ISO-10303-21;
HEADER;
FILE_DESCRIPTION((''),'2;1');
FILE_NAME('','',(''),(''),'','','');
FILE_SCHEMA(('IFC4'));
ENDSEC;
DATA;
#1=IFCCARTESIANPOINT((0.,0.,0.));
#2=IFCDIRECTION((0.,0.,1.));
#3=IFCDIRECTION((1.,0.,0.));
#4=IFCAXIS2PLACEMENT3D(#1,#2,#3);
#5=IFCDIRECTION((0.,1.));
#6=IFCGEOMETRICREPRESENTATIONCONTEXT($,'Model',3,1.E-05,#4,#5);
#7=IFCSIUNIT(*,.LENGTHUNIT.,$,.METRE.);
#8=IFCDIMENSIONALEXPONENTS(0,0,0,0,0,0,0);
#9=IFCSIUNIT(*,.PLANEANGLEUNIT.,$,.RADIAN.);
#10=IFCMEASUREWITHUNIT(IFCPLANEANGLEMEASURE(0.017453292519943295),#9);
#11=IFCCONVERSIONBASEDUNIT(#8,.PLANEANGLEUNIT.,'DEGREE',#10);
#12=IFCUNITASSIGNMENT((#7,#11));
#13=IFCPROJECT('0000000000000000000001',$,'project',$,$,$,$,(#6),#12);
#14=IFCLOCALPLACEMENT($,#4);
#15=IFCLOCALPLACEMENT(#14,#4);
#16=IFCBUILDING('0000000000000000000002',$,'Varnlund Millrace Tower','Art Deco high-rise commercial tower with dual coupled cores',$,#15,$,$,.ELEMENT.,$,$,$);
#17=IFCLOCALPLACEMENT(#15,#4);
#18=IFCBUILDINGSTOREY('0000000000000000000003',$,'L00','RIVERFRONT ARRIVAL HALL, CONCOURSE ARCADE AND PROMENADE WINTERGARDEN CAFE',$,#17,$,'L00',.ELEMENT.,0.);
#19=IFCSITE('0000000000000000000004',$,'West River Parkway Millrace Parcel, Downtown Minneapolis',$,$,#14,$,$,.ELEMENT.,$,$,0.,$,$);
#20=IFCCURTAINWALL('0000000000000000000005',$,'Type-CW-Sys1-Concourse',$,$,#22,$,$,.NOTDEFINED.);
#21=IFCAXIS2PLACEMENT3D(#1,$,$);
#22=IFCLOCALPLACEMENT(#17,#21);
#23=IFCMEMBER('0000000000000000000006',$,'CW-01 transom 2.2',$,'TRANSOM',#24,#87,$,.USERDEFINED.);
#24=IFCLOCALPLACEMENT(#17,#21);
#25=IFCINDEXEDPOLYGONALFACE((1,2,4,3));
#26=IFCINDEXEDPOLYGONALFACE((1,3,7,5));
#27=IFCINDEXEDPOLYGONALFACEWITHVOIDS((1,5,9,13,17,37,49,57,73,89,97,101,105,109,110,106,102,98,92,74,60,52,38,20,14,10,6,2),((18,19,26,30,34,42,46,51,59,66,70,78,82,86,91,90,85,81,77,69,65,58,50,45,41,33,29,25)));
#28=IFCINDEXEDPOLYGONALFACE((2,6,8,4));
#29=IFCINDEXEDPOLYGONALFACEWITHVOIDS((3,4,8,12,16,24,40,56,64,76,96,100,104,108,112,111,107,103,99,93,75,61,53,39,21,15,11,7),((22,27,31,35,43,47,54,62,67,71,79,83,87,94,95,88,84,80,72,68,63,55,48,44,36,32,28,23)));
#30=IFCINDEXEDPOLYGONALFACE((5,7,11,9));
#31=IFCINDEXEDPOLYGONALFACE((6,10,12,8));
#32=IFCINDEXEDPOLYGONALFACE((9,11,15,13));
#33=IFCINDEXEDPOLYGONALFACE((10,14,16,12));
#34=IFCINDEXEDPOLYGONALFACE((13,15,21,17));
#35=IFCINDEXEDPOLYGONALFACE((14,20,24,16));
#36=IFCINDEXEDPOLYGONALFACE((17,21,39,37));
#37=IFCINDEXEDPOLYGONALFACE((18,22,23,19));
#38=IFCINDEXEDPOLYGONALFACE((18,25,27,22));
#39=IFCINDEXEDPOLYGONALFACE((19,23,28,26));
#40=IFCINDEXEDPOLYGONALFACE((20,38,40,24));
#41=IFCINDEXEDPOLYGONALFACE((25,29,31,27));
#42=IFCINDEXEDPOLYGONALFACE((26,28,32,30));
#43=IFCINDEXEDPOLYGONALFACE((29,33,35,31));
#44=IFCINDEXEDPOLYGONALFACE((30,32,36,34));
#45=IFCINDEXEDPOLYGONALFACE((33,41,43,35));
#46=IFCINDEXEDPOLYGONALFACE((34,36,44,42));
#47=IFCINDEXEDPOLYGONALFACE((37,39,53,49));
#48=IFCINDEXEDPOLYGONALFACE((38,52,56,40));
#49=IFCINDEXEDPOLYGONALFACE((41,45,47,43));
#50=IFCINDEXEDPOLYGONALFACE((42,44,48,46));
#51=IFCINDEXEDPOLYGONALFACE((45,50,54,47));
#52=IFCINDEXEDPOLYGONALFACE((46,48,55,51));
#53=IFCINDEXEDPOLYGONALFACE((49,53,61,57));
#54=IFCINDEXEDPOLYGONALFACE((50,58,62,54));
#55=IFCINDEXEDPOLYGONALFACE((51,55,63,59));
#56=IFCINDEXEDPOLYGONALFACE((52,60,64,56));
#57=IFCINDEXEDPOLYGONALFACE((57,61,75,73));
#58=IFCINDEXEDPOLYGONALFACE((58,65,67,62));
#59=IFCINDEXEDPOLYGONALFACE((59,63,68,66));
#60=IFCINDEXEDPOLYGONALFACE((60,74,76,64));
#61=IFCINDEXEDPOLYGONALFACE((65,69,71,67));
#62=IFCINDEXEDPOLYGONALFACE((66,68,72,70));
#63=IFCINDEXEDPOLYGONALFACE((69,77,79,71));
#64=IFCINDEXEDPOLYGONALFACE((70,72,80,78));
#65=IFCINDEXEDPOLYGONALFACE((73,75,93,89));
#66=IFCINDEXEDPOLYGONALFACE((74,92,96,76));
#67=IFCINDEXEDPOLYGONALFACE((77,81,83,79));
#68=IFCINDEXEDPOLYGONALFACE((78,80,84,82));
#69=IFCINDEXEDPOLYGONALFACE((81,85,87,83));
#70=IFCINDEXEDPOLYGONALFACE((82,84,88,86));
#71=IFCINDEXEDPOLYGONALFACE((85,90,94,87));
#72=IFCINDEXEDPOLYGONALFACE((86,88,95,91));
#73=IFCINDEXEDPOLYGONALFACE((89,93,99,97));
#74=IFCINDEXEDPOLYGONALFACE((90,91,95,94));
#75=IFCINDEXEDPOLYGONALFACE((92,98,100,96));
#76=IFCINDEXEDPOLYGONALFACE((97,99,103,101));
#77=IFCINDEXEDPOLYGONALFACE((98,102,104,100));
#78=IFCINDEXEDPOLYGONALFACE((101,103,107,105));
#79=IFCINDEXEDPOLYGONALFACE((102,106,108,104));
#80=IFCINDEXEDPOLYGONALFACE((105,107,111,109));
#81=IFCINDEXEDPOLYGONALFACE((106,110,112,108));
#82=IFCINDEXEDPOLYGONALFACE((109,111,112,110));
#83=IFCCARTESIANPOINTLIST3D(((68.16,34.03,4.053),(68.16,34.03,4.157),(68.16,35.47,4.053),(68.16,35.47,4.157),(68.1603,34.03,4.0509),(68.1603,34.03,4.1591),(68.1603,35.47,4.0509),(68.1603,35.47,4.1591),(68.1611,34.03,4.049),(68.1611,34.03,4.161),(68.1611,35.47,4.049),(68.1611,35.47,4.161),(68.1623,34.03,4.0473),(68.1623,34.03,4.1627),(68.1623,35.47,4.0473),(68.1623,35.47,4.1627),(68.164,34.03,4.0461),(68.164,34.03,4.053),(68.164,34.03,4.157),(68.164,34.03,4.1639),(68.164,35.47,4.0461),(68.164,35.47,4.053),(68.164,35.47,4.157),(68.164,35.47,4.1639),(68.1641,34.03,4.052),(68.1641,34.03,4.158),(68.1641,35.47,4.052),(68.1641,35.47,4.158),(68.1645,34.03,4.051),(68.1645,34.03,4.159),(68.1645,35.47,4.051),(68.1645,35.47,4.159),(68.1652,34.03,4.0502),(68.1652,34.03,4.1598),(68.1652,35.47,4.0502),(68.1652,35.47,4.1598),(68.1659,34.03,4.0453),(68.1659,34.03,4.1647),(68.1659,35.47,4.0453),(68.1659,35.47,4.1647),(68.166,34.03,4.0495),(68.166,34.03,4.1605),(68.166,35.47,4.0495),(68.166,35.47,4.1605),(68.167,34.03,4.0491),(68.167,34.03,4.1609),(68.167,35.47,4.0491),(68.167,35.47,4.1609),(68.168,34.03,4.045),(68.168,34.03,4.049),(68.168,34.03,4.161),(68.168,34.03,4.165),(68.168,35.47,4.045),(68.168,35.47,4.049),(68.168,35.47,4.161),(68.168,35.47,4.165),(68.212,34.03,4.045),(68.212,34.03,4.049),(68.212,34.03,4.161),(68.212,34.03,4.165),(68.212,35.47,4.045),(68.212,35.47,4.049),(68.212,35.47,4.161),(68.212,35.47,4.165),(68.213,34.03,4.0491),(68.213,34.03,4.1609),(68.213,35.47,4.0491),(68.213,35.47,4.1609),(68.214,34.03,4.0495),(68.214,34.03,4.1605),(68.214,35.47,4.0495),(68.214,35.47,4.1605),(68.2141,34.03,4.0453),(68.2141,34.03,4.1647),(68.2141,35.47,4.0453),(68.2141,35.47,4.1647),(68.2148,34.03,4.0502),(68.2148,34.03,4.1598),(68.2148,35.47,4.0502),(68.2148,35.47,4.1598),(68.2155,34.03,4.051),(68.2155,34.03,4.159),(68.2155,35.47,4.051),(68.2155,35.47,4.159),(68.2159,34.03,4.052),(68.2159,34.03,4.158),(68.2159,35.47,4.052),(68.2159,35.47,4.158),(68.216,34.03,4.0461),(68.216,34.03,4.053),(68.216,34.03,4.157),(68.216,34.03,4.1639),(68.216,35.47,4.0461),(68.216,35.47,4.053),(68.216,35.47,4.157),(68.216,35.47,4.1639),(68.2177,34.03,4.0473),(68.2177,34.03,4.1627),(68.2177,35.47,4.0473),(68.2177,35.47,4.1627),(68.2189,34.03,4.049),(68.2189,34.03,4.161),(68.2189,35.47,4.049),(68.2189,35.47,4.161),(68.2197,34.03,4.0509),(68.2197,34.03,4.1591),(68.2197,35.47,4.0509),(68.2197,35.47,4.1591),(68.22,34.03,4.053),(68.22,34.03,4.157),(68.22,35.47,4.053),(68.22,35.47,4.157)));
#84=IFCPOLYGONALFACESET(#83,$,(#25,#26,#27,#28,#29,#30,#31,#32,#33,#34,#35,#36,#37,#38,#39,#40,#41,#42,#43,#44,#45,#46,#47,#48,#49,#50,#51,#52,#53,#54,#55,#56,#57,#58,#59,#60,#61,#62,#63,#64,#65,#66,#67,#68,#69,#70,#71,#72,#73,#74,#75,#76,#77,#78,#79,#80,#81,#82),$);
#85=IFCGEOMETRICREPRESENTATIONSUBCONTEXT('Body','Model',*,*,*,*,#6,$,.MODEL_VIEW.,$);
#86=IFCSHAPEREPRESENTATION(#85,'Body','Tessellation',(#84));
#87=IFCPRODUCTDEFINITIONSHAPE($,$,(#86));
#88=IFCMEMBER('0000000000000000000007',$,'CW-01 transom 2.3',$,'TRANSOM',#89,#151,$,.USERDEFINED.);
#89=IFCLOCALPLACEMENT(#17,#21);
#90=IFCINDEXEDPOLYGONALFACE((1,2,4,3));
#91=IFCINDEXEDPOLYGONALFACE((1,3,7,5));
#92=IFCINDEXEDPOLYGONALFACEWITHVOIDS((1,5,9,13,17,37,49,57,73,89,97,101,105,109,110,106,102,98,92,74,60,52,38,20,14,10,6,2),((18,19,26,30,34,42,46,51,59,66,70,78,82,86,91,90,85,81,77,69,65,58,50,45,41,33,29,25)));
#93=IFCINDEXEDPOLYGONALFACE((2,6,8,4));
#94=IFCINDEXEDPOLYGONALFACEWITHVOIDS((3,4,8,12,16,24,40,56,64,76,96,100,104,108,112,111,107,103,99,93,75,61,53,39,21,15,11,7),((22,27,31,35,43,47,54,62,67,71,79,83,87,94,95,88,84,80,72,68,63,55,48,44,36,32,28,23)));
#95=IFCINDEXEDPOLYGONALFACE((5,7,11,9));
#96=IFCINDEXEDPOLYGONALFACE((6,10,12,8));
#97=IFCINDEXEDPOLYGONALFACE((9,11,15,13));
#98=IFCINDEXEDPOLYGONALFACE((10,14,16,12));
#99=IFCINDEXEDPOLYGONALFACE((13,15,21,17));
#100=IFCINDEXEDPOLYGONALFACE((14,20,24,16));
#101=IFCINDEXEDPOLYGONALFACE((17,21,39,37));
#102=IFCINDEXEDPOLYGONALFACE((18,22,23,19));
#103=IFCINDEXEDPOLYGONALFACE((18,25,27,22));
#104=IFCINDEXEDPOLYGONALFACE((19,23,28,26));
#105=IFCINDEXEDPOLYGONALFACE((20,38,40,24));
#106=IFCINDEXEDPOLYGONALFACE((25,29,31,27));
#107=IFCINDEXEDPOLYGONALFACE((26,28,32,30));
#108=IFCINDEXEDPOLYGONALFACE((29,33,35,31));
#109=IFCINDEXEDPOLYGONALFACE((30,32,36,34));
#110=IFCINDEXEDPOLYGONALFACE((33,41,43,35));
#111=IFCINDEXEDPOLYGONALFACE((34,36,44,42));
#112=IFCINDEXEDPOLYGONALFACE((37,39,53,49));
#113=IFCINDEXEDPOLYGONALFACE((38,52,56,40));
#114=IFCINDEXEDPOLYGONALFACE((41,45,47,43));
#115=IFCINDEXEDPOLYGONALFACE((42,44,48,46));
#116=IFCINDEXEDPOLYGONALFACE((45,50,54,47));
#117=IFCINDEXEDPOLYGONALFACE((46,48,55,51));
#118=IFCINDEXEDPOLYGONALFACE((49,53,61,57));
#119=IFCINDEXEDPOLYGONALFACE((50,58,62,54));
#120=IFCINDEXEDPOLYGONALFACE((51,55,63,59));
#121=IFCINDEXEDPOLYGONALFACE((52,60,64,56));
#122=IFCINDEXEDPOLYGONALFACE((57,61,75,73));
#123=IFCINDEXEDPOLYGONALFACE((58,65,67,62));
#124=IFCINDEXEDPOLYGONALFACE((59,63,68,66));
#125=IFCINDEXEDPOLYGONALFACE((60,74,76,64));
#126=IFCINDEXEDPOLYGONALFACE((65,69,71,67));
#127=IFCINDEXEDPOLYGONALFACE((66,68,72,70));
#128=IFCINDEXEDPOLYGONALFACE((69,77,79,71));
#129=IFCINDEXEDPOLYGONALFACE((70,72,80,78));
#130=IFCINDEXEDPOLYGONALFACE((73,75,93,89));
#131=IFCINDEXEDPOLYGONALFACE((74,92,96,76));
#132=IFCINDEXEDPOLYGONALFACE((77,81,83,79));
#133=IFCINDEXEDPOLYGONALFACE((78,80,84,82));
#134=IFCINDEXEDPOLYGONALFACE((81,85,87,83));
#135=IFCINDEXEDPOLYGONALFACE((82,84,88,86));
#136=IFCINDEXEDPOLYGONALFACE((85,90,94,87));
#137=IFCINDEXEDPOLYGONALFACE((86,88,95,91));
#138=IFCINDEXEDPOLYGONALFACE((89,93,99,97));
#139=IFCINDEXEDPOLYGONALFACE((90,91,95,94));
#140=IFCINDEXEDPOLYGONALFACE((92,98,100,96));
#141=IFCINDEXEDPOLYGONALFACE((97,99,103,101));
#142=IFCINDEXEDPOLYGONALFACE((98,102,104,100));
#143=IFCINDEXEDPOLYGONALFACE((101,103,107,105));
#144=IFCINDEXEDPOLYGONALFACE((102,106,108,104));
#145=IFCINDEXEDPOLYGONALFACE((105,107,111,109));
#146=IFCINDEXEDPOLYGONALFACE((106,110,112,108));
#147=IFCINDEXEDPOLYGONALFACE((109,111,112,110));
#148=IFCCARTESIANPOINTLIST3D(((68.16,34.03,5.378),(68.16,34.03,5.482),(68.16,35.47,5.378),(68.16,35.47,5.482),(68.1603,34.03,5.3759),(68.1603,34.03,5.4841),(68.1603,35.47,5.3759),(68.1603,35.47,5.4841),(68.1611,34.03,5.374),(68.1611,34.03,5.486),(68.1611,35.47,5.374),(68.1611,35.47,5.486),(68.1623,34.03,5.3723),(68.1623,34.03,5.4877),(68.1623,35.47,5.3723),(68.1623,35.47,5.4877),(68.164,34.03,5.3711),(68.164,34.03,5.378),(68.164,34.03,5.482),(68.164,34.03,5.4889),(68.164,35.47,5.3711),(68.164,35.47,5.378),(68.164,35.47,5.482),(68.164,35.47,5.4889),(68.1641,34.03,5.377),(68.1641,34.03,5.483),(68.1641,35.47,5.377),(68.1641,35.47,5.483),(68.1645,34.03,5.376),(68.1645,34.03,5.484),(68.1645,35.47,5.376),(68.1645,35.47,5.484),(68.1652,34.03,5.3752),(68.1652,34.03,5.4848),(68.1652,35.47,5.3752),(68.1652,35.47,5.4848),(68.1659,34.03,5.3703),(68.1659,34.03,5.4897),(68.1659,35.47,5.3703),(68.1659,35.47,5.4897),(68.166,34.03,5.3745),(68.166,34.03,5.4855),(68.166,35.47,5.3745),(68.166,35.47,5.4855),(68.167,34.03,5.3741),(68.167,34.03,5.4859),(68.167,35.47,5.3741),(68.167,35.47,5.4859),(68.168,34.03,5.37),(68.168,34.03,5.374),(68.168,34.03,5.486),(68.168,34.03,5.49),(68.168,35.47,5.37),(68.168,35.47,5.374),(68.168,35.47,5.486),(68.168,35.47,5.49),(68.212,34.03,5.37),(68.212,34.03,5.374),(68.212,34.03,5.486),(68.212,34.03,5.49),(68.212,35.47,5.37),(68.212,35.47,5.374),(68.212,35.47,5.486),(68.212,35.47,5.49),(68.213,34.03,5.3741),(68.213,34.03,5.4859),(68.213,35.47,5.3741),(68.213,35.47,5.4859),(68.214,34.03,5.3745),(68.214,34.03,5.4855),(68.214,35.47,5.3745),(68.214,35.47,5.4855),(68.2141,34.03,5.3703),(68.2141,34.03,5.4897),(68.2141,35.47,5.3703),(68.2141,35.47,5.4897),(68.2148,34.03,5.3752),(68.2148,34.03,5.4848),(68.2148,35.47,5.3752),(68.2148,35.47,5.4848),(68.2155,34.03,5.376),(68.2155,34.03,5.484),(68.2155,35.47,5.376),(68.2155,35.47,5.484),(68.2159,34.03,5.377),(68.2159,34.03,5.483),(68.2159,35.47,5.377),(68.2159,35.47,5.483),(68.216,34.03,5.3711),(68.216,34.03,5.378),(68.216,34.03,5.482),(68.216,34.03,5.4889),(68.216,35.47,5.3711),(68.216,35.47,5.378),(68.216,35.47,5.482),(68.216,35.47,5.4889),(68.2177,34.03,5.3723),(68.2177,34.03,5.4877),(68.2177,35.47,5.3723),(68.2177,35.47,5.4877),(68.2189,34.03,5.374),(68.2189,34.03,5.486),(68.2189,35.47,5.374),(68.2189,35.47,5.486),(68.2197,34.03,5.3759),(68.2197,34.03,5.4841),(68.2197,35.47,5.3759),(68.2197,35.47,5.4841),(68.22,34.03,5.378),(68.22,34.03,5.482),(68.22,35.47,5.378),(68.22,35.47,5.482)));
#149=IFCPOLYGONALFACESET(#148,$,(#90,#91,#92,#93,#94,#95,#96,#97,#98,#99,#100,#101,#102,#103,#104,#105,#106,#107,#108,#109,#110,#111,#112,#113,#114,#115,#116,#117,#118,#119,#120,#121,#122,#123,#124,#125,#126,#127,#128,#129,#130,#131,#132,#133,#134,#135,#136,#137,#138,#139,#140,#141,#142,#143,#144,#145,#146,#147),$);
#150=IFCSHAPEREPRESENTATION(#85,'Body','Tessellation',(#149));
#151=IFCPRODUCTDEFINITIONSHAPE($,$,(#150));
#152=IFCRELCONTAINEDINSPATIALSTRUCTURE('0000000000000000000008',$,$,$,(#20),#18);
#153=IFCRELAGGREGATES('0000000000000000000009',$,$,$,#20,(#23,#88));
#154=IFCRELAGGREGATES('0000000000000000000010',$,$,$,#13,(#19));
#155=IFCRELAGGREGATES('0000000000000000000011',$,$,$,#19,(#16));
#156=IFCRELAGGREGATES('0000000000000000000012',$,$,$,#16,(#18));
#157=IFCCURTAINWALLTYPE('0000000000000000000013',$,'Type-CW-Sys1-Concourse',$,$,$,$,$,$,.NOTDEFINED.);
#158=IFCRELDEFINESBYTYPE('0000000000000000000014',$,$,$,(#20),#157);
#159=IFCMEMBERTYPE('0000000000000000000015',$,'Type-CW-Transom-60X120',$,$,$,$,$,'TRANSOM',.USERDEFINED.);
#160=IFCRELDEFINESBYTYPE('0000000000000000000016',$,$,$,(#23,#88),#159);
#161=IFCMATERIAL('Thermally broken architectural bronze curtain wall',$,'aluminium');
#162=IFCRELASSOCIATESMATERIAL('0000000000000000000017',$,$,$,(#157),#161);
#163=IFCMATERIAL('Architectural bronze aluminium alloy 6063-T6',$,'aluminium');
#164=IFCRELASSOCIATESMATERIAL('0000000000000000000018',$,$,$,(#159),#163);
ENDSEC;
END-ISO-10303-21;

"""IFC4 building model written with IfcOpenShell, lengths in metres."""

from ifc_helpers import new_model, entity, si_unit, converted_unit, direction, frame, origin_with_axes, origin_2d_with_axis, place, context, subcontext, project, spatial, hollow_rectangle, extrude, material, material_profile, profile_set, type_object, element, aggregate, save


model = new_model("IFC4")

# Units and contexts
model_context = context("Model", 3, precision=1e-05, world=origin_with_axes(), true_north=direction((0.0, 1.0)))
body_context = subcontext(model_context, "Body", "Model", "MODEL_VIEW")
ifc_project = project(units=[si_unit("LENGTHUNIT", "METRE"), converted_unit("PLANEANGLEUNIT", "DEGREE", entity("IfcPlaneAngleMeasure", 0.017453292519943295), si_unit("PLANEANGLEUNIT", "RADIAN"), dimensions=[0, 0, 0, 0, 0, 0, 0])], contexts=[model_context])

# Site, building, storey
site_placement = place(None, origin_with_axes())
site = spatial("IfcSite", under=ifc_project, at=site_placement, Name="West River Parkway Millrace Parcel, Downtown Minneapolis", CompositionType="ELEMENT", RefElevation=0.0)
building_placement = place(site_placement, origin_with_axes())
building = spatial("IfcBuilding", under=site, at=building_placement, Name="Varnlund Millrace Tower", Description="Art Deco high-rise commercial tower with dual coupled cores", CompositionType="ELEMENT")
storey_placement = place(building_placement, origin_with_axes())
storey = spatial("IfcBuildingStorey", under=building, at=storey_placement, Name="L00", Description="RIVERFRONT ARRIVAL HALL, CONCOURSE ARCADE AND PROMENADE WINTERGARDEN CAFE", LongName="L00", CompositionType="ELEMENT", Elevation=0.0)

# Shared definitions
ifc_material_1 = material(Name="Thermally broken architectural bronze curtain wall", Category="aluminium")
curtain_wall_type = type_object("IfcCurtainWallType", Name="Type-CW-Sys1-Concourse", PredefinedType="NOTDEFINED", material=ifc_material_1)
ifc_material_2 = material(Name="Architectural bronze aluminium alloy 6063-T6", Category="aluminium")

# Curtain wall
curtain_wall_1_placement = place(storey_placement, frame((68.19, 37.0, 2.75), z_axis=(0.0, 0.0, 1.0), x_axis=(1.0, 0.0, 0.0)))
curtain_wall_1 = element("IfcCurtainWall", 1, at=curtain_wall_1_placement, inside=storey, type_object=curtain_wall_type, Name="Type-CW-Sys1-Concourse", PredefinedType="NOTDEFINED")

# Members
ifc_material_profile_1 = material_profile(ifc_material_2, hollow_rectangle(XDim=0.06, YDim=0.12, WallThickness=0.004, InnerFilletRadius=0.004, OuterFilletRadius=0.008, at=origin_2d_with_axis()), Name="Architectural bronze aluminium alloy 6063-T6")
ifc_profile_set_1 = profile_set([ifc_material_profile_1], Name="Architectural bronze aluminium alloy 6063-T6")
member_type_1 = type_object("IfcMemberType", Name="Type-CW-Transom-60X120", ElementType="TRANSOM", PredefinedType="USERDEFINED", material=ifc_profile_set_1)
member_1_placement = place(storey_placement, frame((68.19, 35.47, 4.105), z_axis=(0.0, -1.0, 0.0), x_axis=(1.0, 0.0, 0.0)))
member_1 = element("IfcMember", 2, at=member_1_placement, type_object=member_type_1, Name="CW-01 transom 2.2", ObjectType="TRANSOM", PredefinedType="USERDEFINED", context=body_context, shape_type="SweptSolid", body=[
    extrude(hollow_rectangle(XDim=0.06, YDim=0.12, WallThickness=0.004, InnerFilletRadius=0.004, OuterFilletRadius=0.008, at=origin_2d_with_axis()), origin_with_axes(), (0.0, 0.0, 1.0), 1.44),
])
member_2_placement = place(storey_placement, frame((68.19, 35.47, 5.43), z_axis=(0.0, -1.0, 0.0), x_axis=(1.0, 0.0, 0.0)))
member_2 = element("IfcMember", 3, at=member_2_placement, type_object=member_type_1, Name="CW-01 transom 2.3", ObjectType="TRANSOM", PredefinedType="USERDEFINED", context=body_context, shape_type="SweptSolid", body=[
    extrude(hollow_rectangle(XDim=0.06, YDim=0.12, WallThickness=0.004, InnerFilletRadius=0.004, OuterFilletRadius=0.008, at=origin_2d_with_axis()), origin_with_axes(), (0.0, 0.0, 1.0), 1.44),
])

aggregate(curtain_wall_1, [member_1, member_2])

save(model, "model.ifc")
